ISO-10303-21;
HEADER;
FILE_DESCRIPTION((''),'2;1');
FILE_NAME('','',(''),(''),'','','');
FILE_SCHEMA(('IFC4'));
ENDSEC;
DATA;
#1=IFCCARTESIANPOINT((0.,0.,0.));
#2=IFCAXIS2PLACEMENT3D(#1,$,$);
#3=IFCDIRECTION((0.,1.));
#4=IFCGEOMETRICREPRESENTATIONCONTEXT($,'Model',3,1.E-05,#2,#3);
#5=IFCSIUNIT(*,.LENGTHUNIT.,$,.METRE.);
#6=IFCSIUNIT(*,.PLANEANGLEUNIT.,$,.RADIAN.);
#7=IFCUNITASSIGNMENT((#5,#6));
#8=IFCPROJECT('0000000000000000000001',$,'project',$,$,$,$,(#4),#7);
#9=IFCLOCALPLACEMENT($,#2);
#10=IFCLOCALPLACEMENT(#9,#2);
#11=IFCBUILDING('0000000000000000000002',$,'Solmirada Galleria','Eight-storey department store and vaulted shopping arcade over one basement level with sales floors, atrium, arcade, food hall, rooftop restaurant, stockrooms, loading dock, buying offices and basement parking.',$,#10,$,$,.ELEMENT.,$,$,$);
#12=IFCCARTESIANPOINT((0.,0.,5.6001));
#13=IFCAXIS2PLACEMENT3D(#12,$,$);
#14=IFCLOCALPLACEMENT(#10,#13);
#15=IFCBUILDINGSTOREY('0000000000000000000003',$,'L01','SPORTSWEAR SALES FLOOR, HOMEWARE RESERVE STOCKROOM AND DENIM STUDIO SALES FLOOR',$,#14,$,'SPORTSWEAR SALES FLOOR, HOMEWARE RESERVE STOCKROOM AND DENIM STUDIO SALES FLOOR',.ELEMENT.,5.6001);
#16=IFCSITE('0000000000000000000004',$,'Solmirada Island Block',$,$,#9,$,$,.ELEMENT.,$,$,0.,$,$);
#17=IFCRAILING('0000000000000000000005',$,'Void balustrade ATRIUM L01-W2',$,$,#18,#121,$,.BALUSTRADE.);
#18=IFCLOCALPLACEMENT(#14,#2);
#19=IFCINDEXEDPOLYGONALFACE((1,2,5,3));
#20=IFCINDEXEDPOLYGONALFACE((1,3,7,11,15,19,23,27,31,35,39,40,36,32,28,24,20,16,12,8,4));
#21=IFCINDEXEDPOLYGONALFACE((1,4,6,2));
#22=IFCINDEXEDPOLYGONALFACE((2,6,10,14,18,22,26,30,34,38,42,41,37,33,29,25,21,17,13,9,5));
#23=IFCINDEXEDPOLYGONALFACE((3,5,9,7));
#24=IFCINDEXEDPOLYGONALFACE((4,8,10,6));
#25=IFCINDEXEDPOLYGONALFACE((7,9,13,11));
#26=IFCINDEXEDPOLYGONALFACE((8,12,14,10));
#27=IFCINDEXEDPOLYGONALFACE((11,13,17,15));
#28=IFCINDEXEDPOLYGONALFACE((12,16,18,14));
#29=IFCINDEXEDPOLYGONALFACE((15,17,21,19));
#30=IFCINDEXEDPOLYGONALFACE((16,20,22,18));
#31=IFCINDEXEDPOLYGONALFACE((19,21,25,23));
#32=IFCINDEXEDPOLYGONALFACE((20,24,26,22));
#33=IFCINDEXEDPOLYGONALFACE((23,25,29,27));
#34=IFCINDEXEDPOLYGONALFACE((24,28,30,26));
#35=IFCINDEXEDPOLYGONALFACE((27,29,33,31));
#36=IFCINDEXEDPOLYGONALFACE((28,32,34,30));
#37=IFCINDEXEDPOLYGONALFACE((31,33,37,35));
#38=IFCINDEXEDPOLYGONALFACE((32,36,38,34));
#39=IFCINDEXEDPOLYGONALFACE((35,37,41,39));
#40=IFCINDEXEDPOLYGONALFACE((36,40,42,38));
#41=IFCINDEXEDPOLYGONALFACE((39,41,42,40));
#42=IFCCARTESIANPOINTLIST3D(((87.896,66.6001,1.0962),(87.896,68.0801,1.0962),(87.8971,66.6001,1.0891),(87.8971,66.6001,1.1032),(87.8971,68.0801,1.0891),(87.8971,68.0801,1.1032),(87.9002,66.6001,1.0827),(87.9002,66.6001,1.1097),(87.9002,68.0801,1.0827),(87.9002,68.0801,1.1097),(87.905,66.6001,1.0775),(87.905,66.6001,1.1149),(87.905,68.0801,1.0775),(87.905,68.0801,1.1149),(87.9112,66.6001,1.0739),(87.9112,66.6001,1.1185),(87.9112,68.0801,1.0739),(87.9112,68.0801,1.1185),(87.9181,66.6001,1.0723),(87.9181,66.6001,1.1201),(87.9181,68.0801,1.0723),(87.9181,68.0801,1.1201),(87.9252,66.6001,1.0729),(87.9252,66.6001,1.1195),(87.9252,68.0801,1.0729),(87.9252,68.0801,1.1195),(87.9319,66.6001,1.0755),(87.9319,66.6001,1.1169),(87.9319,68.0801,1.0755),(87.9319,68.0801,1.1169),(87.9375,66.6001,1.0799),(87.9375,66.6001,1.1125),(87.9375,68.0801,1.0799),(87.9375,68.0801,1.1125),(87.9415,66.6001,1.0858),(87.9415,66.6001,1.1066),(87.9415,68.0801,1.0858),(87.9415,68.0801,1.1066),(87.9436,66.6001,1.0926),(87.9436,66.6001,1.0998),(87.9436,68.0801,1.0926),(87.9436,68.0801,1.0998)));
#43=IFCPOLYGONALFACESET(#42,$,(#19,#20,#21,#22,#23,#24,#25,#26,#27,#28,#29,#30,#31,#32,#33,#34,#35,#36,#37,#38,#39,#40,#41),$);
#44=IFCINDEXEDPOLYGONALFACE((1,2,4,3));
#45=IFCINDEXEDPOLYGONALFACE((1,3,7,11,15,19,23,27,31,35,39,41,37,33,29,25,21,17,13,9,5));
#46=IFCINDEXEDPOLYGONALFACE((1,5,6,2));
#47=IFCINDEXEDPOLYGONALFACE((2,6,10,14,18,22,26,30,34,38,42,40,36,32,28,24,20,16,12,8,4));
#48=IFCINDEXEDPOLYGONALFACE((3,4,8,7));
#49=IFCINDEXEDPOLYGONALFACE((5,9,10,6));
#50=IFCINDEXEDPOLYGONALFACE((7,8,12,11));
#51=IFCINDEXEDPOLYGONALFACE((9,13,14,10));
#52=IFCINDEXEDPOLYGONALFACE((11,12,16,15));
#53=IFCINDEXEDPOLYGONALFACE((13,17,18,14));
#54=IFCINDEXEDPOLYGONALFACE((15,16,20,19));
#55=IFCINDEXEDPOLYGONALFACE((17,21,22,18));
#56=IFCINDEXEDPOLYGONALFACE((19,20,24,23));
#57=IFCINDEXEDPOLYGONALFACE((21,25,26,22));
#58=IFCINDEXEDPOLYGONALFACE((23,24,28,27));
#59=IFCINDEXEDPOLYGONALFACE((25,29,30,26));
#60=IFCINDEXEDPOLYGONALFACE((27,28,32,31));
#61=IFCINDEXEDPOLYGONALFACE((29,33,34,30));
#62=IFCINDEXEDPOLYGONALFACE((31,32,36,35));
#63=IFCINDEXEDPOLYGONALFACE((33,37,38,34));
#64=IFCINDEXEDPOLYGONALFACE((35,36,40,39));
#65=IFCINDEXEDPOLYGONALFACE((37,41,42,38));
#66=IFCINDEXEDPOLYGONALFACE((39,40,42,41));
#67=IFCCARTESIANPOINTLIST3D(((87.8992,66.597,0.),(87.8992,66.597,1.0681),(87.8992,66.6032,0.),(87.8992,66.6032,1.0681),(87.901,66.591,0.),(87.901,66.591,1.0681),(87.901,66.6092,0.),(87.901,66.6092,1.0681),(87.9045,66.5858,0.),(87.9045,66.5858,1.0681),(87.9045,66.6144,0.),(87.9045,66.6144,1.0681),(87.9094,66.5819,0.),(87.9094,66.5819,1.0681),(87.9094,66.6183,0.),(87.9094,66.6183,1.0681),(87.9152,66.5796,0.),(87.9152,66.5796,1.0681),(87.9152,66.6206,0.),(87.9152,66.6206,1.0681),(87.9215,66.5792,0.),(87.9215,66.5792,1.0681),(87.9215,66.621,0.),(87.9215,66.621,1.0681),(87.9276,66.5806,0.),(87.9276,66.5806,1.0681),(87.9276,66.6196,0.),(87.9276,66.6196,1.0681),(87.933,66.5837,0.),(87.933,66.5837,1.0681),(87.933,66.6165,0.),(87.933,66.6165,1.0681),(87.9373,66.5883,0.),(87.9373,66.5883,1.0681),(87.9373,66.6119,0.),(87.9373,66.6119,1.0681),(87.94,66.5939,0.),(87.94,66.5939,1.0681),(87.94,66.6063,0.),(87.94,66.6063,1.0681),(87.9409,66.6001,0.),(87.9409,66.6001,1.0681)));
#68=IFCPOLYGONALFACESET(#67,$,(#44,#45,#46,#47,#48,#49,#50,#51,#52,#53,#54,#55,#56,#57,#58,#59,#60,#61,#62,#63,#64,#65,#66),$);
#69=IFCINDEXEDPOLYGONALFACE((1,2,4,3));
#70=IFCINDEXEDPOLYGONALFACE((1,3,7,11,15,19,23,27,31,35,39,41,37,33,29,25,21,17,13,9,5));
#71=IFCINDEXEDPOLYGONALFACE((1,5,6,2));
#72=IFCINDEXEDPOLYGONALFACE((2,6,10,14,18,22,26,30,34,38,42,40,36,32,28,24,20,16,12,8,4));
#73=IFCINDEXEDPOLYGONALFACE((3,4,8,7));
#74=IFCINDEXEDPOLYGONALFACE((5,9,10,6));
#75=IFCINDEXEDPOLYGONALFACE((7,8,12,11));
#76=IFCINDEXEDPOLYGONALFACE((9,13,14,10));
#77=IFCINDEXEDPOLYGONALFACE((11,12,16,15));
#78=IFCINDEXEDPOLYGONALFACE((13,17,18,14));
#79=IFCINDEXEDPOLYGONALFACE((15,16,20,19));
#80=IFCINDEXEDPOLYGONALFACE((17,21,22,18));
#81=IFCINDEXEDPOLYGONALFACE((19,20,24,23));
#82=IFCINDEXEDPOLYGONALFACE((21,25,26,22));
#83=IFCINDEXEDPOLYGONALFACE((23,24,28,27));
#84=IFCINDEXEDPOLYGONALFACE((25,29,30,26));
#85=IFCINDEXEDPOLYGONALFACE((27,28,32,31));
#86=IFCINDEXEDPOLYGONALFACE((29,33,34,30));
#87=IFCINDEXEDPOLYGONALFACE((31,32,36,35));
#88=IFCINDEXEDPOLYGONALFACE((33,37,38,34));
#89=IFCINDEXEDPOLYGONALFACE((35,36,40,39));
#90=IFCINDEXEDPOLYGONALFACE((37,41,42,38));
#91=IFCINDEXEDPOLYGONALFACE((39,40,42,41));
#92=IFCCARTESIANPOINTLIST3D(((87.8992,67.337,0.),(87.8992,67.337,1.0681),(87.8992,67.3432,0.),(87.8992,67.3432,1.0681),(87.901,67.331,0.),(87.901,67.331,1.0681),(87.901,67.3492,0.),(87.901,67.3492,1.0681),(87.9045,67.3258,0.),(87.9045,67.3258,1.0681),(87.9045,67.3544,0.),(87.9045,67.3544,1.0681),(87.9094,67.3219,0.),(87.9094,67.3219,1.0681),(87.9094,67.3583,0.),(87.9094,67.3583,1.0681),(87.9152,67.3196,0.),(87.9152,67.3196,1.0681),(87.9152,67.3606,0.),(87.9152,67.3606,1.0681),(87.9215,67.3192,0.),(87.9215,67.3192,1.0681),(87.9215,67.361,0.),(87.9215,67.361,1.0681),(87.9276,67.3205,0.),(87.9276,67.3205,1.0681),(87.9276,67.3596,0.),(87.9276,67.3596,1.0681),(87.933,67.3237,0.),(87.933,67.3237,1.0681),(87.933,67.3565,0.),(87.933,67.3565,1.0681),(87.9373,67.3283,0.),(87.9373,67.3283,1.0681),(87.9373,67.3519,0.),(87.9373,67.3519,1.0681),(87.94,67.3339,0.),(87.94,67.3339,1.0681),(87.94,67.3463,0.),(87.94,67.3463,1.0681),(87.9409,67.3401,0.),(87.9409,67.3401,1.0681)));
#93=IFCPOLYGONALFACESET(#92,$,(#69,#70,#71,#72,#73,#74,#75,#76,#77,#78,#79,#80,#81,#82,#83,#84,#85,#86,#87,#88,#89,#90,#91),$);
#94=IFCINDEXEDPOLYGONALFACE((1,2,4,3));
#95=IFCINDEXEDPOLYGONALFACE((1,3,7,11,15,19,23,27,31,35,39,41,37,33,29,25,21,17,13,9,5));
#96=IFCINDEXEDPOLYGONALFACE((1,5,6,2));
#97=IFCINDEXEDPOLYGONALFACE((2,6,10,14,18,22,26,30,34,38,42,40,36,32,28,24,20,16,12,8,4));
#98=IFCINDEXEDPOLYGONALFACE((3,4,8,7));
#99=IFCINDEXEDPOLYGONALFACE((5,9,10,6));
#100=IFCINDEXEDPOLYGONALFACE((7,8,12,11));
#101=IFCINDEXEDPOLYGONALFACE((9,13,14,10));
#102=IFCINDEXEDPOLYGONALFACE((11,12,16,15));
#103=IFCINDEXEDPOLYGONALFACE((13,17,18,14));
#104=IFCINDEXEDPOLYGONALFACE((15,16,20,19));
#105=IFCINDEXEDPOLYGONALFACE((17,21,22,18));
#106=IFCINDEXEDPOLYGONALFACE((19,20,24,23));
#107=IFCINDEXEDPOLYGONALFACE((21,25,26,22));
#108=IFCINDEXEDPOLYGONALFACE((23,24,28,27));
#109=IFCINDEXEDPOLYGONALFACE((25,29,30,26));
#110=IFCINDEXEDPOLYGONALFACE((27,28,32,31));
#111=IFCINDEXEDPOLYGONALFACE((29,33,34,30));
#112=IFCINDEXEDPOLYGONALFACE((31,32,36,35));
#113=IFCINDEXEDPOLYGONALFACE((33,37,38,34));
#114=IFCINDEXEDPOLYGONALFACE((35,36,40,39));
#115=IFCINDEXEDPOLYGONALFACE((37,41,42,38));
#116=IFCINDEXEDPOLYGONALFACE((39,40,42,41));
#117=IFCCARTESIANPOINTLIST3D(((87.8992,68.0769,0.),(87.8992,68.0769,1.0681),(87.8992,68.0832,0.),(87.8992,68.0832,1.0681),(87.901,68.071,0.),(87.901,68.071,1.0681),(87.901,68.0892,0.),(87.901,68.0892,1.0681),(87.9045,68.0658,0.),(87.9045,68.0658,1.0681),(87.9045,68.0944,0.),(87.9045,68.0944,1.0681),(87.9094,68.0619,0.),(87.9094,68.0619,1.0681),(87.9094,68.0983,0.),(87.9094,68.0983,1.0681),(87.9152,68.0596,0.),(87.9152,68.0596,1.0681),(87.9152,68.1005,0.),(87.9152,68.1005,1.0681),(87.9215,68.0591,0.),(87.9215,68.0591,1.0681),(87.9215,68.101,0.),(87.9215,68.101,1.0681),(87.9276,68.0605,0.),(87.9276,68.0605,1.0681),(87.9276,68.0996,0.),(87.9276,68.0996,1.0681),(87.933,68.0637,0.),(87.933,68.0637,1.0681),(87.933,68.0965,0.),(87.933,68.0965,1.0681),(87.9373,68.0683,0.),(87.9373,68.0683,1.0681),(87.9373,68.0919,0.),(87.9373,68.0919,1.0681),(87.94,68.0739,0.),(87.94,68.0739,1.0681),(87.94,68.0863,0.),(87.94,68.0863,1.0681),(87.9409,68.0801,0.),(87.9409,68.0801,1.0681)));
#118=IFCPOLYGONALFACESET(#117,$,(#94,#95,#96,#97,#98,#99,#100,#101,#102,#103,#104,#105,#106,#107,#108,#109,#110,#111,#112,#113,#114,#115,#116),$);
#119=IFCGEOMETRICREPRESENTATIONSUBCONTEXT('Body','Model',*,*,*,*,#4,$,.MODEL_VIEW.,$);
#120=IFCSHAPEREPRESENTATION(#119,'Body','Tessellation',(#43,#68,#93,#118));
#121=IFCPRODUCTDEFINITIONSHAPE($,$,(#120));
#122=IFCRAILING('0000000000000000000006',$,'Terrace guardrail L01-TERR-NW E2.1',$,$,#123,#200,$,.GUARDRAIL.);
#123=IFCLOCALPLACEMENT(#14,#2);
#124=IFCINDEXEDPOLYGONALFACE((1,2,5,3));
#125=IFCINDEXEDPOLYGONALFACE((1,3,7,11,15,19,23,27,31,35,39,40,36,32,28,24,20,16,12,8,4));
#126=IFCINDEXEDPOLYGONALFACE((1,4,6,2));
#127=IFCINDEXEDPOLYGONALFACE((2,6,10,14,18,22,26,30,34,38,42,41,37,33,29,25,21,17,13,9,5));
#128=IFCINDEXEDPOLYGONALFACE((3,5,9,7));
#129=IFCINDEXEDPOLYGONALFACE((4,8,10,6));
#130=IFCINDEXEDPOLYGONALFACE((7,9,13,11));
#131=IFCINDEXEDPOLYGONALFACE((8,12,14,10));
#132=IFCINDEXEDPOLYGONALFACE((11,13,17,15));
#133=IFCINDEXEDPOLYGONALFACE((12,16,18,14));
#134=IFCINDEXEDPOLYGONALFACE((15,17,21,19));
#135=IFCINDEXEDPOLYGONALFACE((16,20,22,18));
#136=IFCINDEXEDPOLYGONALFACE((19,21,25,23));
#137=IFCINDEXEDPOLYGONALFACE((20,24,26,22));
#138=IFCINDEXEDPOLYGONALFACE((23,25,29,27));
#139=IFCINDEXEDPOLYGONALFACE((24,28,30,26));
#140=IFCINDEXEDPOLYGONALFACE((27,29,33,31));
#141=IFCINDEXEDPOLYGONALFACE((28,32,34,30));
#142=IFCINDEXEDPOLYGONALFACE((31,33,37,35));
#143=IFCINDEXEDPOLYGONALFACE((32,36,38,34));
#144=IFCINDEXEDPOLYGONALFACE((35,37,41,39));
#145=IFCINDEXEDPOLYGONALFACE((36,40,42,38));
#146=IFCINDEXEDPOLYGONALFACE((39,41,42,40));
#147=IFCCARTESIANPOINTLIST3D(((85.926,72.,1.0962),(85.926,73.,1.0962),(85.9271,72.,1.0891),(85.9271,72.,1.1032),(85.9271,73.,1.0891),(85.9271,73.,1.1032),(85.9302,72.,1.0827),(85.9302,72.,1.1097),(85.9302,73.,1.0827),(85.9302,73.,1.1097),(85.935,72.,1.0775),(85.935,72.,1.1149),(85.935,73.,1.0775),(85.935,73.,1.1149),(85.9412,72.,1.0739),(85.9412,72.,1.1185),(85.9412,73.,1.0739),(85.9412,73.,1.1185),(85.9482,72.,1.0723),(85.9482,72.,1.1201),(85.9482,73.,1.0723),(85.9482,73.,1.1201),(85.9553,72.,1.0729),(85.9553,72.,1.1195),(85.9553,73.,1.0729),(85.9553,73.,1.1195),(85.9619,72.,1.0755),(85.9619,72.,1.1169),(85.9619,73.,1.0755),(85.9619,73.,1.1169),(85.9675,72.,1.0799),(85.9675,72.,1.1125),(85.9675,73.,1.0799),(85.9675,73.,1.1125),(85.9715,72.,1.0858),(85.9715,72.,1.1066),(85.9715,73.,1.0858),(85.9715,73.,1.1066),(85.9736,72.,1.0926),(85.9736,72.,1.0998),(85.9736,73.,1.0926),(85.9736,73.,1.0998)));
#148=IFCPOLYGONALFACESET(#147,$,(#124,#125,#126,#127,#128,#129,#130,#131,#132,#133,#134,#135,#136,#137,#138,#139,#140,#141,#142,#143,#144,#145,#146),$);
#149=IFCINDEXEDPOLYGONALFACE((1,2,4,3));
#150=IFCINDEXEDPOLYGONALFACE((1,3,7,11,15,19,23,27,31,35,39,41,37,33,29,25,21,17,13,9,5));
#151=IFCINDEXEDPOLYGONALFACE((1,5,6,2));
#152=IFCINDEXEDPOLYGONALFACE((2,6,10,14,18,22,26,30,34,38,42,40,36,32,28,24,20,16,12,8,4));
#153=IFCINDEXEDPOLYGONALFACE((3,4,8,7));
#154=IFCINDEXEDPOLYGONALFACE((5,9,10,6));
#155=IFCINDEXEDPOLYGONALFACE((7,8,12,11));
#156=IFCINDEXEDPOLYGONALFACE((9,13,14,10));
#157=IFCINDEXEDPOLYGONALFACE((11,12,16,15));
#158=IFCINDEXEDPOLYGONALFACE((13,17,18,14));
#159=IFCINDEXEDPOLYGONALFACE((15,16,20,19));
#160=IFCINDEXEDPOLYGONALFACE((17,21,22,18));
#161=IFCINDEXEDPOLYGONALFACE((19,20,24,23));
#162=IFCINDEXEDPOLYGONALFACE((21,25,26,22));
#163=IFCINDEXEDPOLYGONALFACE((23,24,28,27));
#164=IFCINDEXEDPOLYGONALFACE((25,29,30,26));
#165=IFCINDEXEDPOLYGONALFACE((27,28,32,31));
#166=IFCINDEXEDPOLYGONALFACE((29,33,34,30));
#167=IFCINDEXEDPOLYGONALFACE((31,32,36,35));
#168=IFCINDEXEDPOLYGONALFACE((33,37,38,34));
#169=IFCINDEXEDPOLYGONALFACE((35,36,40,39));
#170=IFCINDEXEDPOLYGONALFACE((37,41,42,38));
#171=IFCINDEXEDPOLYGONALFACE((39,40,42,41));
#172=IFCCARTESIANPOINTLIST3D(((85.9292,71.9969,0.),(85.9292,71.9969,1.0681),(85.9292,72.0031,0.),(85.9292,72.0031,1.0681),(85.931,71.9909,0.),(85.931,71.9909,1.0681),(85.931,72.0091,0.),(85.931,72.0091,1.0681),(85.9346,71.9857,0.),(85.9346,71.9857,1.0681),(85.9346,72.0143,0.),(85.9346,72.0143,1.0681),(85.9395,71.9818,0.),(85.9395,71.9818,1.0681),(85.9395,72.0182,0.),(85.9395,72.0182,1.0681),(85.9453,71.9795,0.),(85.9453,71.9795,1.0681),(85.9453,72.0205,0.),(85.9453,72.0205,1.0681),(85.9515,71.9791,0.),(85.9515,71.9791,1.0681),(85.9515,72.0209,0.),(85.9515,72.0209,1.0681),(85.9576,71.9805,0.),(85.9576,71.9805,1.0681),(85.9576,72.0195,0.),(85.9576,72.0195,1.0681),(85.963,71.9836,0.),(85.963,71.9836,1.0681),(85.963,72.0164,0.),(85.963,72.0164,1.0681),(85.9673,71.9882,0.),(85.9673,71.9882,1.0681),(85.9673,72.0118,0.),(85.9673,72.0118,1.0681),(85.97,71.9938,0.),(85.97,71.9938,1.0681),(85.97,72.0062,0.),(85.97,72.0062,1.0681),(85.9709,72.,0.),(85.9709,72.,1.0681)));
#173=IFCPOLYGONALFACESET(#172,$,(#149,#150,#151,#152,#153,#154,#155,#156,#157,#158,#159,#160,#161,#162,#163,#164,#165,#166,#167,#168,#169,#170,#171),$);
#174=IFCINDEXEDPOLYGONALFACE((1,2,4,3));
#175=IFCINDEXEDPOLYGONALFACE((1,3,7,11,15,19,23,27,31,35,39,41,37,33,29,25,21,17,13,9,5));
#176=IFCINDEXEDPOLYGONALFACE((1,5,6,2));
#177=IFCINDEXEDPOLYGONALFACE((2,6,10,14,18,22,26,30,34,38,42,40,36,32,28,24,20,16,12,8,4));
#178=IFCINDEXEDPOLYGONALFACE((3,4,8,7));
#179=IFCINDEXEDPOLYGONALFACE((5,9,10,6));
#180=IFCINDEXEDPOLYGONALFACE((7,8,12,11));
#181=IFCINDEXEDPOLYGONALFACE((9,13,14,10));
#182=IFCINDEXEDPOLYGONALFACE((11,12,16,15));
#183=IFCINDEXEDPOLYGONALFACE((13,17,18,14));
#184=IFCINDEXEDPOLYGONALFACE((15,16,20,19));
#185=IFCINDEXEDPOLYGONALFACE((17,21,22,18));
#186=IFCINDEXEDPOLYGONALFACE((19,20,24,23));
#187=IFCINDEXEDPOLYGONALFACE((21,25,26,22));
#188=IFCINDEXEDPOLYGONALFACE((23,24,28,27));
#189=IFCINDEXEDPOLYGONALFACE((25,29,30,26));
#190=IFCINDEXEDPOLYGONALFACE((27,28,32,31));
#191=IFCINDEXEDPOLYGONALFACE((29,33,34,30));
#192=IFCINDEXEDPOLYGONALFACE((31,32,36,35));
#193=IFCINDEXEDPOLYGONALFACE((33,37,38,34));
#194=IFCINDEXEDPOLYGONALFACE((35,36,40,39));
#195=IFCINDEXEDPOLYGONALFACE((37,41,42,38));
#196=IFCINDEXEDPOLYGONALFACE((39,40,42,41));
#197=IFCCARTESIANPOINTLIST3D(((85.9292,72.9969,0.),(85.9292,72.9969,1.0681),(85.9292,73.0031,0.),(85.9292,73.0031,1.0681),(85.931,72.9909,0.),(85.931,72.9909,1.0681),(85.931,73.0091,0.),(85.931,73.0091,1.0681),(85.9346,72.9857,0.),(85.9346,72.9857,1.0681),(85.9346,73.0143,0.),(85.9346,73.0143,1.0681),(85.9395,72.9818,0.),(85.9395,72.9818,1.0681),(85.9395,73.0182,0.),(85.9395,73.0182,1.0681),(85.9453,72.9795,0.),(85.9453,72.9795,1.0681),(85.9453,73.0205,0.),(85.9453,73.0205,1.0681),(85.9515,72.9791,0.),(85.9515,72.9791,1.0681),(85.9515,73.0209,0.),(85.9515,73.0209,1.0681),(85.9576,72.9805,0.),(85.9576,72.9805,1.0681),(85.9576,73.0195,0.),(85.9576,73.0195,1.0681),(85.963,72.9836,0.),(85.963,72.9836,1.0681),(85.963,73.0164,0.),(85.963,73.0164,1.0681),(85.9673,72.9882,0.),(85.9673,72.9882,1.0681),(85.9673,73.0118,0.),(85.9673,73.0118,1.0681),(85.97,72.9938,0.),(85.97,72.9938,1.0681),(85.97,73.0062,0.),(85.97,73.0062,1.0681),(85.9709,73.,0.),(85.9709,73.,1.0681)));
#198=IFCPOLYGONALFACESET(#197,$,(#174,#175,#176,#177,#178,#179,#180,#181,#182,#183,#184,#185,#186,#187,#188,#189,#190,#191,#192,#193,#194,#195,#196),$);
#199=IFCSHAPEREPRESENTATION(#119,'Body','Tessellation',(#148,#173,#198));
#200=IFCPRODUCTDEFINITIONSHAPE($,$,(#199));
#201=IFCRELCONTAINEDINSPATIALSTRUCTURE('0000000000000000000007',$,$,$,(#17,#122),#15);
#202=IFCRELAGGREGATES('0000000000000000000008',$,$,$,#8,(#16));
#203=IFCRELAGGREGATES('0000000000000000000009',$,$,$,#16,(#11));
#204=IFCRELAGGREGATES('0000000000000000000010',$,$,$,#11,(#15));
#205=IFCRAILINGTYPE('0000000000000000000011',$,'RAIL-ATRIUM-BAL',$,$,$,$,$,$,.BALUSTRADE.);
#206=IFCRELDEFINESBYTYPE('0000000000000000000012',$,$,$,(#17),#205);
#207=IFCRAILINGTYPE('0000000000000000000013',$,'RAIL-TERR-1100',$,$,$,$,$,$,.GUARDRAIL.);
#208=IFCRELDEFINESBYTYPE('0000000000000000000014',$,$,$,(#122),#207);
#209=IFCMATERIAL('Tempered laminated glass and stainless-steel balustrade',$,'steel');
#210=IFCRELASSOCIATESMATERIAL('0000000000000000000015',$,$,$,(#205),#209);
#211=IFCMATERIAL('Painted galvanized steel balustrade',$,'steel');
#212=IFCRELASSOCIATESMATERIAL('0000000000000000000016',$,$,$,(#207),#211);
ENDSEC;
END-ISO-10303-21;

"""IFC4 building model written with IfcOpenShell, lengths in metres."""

from ifc_helpers import new_model, si_unit, direction, frame, origin, origin_2d, place, context, subcontext, project, spatial, circle, extrude, material, type_object, element, save


model = new_model("IFC4")

# Units and contexts
model_context = context("Model", 3, precision=1e-05, world=origin(), true_north=direction((0.0, 1.0)))
body_context = subcontext(model_context, "Body", "Model", "MODEL_VIEW")
ifc_project = project(units=[si_unit("LENGTHUNIT", "METRE"), si_unit("PLANEANGLEUNIT", "RADIAN")], contexts=[model_context])

# Site, building, storey
site_placement = place(None, origin())
site = spatial("IfcSite", under=ifc_project, at=site_placement, Name="Solmirada Island Block", CompositionType="ELEMENT", RefElevation=0.0)
building_placement = place(site_placement, origin())
building = spatial("IfcBuilding", under=site, at=building_placement, Name="Solmirada Galleria", Description="Eight-storey department store and vaulted shopping arcade over one basement level with sales floors, atrium, arcade, food hall, rooftop restaurant, stockrooms, loading dock, buying offices and basement parking.", CompositionType="ELEMENT")
storey_placement = place(building_placement, frame((0.0, 0.0, 5.6001)))
storey = spatial("IfcBuildingStorey", under=building, at=storey_placement, Name="L01", Description="SPORTSWEAR SALES FLOOR, HOMEWARE RESERVE STOCKROOM AND DENIM STUDIO SALES FLOOR", LongName="SPORTSWEAR SALES FLOOR, HOMEWARE RESERVE STOCKROOM AND DENIM STUDIO SALES FLOOR", CompositionType="ELEMENT", Elevation=5.6001)

# Railings
ifc_material_1 = material(Name="Tempered laminated glass and stainless-steel balustrade", Category="steel")
railing_type_1 = type_object("IfcRailingType", Name="RAIL-ATRIUM-BAL", PredefinedType="BALUSTRADE", material=ifc_material_1)
railing_1_placement = place(storey_placement, frame((87.9199, 66.6001, 0.0)))
element("IfcRailing", 1, at=railing_1_placement, inside=storey, type_object=railing_type_1, Name="Void balustrade ATRIUM L01-W2", PredefinedType="BALUSTRADE", context=body_context, shape_type="SweptSolid", body=[
    extrude(circle(Radius=0.0239, at=origin_2d()), frame((0.0, 0.0, 1.0962), z_axis=(0.0, 1.0, 0.0), x_axis=(-1.0, 0.0, 0.0)), (0.0, 0.0, 1.0), 1.48),
    extrude(circle(Radius=0.021, at=origin_2d()), origin(), (0.0, 0.0, 1.0), 1.0681),
    extrude(circle(Radius=0.021, at=origin_2d()), frame((0.0, 0.74, 0.0)), (0.0, 0.0, 1.0), 1.0681),
    extrude(circle(Radius=0.021, at=origin_2d()), frame((0.0, 1.48, 0.0)), (0.0, 0.0, 1.0), 1.0681),
])
ifc_material_2 = material(Name="Painted galvanized steel balustrade", Category="steel")
railing_type_2 = type_object("IfcRailingType", Name="RAIL-TERR-1100", PredefinedType="GUARDRAIL", material=ifc_material_2)
railing_2_placement = place(storey_placement, frame((85.95, 72.0, 0.0)))
element("IfcRailing", 2, at=railing_2_placement, inside=storey, type_object=railing_type_2, Name="Terrace guardrail L01-TERR-NW E2.1", PredefinedType="GUARDRAIL", context=body_context, shape_type="SweptSolid", body=[
    extrude(circle(Radius=0.0239, at=origin_2d()), frame((0.0, 0.0, 1.0962), z_axis=(0.0, 1.0, 0.0), x_axis=(-1.0, 0.0, 0.0)), (0.0, 0.0, 1.0), 1.0),
    extrude(circle(Radius=0.021, at=origin_2d()), origin(), (0.0, 0.0, 1.0), 1.0681),
    extrude(circle(Radius=0.021, at=origin_2d()), frame((0.0, 1.0, 0.0)), (0.0, 0.0, 1.0), 1.0681),
])

save(model, "model.ifc")
